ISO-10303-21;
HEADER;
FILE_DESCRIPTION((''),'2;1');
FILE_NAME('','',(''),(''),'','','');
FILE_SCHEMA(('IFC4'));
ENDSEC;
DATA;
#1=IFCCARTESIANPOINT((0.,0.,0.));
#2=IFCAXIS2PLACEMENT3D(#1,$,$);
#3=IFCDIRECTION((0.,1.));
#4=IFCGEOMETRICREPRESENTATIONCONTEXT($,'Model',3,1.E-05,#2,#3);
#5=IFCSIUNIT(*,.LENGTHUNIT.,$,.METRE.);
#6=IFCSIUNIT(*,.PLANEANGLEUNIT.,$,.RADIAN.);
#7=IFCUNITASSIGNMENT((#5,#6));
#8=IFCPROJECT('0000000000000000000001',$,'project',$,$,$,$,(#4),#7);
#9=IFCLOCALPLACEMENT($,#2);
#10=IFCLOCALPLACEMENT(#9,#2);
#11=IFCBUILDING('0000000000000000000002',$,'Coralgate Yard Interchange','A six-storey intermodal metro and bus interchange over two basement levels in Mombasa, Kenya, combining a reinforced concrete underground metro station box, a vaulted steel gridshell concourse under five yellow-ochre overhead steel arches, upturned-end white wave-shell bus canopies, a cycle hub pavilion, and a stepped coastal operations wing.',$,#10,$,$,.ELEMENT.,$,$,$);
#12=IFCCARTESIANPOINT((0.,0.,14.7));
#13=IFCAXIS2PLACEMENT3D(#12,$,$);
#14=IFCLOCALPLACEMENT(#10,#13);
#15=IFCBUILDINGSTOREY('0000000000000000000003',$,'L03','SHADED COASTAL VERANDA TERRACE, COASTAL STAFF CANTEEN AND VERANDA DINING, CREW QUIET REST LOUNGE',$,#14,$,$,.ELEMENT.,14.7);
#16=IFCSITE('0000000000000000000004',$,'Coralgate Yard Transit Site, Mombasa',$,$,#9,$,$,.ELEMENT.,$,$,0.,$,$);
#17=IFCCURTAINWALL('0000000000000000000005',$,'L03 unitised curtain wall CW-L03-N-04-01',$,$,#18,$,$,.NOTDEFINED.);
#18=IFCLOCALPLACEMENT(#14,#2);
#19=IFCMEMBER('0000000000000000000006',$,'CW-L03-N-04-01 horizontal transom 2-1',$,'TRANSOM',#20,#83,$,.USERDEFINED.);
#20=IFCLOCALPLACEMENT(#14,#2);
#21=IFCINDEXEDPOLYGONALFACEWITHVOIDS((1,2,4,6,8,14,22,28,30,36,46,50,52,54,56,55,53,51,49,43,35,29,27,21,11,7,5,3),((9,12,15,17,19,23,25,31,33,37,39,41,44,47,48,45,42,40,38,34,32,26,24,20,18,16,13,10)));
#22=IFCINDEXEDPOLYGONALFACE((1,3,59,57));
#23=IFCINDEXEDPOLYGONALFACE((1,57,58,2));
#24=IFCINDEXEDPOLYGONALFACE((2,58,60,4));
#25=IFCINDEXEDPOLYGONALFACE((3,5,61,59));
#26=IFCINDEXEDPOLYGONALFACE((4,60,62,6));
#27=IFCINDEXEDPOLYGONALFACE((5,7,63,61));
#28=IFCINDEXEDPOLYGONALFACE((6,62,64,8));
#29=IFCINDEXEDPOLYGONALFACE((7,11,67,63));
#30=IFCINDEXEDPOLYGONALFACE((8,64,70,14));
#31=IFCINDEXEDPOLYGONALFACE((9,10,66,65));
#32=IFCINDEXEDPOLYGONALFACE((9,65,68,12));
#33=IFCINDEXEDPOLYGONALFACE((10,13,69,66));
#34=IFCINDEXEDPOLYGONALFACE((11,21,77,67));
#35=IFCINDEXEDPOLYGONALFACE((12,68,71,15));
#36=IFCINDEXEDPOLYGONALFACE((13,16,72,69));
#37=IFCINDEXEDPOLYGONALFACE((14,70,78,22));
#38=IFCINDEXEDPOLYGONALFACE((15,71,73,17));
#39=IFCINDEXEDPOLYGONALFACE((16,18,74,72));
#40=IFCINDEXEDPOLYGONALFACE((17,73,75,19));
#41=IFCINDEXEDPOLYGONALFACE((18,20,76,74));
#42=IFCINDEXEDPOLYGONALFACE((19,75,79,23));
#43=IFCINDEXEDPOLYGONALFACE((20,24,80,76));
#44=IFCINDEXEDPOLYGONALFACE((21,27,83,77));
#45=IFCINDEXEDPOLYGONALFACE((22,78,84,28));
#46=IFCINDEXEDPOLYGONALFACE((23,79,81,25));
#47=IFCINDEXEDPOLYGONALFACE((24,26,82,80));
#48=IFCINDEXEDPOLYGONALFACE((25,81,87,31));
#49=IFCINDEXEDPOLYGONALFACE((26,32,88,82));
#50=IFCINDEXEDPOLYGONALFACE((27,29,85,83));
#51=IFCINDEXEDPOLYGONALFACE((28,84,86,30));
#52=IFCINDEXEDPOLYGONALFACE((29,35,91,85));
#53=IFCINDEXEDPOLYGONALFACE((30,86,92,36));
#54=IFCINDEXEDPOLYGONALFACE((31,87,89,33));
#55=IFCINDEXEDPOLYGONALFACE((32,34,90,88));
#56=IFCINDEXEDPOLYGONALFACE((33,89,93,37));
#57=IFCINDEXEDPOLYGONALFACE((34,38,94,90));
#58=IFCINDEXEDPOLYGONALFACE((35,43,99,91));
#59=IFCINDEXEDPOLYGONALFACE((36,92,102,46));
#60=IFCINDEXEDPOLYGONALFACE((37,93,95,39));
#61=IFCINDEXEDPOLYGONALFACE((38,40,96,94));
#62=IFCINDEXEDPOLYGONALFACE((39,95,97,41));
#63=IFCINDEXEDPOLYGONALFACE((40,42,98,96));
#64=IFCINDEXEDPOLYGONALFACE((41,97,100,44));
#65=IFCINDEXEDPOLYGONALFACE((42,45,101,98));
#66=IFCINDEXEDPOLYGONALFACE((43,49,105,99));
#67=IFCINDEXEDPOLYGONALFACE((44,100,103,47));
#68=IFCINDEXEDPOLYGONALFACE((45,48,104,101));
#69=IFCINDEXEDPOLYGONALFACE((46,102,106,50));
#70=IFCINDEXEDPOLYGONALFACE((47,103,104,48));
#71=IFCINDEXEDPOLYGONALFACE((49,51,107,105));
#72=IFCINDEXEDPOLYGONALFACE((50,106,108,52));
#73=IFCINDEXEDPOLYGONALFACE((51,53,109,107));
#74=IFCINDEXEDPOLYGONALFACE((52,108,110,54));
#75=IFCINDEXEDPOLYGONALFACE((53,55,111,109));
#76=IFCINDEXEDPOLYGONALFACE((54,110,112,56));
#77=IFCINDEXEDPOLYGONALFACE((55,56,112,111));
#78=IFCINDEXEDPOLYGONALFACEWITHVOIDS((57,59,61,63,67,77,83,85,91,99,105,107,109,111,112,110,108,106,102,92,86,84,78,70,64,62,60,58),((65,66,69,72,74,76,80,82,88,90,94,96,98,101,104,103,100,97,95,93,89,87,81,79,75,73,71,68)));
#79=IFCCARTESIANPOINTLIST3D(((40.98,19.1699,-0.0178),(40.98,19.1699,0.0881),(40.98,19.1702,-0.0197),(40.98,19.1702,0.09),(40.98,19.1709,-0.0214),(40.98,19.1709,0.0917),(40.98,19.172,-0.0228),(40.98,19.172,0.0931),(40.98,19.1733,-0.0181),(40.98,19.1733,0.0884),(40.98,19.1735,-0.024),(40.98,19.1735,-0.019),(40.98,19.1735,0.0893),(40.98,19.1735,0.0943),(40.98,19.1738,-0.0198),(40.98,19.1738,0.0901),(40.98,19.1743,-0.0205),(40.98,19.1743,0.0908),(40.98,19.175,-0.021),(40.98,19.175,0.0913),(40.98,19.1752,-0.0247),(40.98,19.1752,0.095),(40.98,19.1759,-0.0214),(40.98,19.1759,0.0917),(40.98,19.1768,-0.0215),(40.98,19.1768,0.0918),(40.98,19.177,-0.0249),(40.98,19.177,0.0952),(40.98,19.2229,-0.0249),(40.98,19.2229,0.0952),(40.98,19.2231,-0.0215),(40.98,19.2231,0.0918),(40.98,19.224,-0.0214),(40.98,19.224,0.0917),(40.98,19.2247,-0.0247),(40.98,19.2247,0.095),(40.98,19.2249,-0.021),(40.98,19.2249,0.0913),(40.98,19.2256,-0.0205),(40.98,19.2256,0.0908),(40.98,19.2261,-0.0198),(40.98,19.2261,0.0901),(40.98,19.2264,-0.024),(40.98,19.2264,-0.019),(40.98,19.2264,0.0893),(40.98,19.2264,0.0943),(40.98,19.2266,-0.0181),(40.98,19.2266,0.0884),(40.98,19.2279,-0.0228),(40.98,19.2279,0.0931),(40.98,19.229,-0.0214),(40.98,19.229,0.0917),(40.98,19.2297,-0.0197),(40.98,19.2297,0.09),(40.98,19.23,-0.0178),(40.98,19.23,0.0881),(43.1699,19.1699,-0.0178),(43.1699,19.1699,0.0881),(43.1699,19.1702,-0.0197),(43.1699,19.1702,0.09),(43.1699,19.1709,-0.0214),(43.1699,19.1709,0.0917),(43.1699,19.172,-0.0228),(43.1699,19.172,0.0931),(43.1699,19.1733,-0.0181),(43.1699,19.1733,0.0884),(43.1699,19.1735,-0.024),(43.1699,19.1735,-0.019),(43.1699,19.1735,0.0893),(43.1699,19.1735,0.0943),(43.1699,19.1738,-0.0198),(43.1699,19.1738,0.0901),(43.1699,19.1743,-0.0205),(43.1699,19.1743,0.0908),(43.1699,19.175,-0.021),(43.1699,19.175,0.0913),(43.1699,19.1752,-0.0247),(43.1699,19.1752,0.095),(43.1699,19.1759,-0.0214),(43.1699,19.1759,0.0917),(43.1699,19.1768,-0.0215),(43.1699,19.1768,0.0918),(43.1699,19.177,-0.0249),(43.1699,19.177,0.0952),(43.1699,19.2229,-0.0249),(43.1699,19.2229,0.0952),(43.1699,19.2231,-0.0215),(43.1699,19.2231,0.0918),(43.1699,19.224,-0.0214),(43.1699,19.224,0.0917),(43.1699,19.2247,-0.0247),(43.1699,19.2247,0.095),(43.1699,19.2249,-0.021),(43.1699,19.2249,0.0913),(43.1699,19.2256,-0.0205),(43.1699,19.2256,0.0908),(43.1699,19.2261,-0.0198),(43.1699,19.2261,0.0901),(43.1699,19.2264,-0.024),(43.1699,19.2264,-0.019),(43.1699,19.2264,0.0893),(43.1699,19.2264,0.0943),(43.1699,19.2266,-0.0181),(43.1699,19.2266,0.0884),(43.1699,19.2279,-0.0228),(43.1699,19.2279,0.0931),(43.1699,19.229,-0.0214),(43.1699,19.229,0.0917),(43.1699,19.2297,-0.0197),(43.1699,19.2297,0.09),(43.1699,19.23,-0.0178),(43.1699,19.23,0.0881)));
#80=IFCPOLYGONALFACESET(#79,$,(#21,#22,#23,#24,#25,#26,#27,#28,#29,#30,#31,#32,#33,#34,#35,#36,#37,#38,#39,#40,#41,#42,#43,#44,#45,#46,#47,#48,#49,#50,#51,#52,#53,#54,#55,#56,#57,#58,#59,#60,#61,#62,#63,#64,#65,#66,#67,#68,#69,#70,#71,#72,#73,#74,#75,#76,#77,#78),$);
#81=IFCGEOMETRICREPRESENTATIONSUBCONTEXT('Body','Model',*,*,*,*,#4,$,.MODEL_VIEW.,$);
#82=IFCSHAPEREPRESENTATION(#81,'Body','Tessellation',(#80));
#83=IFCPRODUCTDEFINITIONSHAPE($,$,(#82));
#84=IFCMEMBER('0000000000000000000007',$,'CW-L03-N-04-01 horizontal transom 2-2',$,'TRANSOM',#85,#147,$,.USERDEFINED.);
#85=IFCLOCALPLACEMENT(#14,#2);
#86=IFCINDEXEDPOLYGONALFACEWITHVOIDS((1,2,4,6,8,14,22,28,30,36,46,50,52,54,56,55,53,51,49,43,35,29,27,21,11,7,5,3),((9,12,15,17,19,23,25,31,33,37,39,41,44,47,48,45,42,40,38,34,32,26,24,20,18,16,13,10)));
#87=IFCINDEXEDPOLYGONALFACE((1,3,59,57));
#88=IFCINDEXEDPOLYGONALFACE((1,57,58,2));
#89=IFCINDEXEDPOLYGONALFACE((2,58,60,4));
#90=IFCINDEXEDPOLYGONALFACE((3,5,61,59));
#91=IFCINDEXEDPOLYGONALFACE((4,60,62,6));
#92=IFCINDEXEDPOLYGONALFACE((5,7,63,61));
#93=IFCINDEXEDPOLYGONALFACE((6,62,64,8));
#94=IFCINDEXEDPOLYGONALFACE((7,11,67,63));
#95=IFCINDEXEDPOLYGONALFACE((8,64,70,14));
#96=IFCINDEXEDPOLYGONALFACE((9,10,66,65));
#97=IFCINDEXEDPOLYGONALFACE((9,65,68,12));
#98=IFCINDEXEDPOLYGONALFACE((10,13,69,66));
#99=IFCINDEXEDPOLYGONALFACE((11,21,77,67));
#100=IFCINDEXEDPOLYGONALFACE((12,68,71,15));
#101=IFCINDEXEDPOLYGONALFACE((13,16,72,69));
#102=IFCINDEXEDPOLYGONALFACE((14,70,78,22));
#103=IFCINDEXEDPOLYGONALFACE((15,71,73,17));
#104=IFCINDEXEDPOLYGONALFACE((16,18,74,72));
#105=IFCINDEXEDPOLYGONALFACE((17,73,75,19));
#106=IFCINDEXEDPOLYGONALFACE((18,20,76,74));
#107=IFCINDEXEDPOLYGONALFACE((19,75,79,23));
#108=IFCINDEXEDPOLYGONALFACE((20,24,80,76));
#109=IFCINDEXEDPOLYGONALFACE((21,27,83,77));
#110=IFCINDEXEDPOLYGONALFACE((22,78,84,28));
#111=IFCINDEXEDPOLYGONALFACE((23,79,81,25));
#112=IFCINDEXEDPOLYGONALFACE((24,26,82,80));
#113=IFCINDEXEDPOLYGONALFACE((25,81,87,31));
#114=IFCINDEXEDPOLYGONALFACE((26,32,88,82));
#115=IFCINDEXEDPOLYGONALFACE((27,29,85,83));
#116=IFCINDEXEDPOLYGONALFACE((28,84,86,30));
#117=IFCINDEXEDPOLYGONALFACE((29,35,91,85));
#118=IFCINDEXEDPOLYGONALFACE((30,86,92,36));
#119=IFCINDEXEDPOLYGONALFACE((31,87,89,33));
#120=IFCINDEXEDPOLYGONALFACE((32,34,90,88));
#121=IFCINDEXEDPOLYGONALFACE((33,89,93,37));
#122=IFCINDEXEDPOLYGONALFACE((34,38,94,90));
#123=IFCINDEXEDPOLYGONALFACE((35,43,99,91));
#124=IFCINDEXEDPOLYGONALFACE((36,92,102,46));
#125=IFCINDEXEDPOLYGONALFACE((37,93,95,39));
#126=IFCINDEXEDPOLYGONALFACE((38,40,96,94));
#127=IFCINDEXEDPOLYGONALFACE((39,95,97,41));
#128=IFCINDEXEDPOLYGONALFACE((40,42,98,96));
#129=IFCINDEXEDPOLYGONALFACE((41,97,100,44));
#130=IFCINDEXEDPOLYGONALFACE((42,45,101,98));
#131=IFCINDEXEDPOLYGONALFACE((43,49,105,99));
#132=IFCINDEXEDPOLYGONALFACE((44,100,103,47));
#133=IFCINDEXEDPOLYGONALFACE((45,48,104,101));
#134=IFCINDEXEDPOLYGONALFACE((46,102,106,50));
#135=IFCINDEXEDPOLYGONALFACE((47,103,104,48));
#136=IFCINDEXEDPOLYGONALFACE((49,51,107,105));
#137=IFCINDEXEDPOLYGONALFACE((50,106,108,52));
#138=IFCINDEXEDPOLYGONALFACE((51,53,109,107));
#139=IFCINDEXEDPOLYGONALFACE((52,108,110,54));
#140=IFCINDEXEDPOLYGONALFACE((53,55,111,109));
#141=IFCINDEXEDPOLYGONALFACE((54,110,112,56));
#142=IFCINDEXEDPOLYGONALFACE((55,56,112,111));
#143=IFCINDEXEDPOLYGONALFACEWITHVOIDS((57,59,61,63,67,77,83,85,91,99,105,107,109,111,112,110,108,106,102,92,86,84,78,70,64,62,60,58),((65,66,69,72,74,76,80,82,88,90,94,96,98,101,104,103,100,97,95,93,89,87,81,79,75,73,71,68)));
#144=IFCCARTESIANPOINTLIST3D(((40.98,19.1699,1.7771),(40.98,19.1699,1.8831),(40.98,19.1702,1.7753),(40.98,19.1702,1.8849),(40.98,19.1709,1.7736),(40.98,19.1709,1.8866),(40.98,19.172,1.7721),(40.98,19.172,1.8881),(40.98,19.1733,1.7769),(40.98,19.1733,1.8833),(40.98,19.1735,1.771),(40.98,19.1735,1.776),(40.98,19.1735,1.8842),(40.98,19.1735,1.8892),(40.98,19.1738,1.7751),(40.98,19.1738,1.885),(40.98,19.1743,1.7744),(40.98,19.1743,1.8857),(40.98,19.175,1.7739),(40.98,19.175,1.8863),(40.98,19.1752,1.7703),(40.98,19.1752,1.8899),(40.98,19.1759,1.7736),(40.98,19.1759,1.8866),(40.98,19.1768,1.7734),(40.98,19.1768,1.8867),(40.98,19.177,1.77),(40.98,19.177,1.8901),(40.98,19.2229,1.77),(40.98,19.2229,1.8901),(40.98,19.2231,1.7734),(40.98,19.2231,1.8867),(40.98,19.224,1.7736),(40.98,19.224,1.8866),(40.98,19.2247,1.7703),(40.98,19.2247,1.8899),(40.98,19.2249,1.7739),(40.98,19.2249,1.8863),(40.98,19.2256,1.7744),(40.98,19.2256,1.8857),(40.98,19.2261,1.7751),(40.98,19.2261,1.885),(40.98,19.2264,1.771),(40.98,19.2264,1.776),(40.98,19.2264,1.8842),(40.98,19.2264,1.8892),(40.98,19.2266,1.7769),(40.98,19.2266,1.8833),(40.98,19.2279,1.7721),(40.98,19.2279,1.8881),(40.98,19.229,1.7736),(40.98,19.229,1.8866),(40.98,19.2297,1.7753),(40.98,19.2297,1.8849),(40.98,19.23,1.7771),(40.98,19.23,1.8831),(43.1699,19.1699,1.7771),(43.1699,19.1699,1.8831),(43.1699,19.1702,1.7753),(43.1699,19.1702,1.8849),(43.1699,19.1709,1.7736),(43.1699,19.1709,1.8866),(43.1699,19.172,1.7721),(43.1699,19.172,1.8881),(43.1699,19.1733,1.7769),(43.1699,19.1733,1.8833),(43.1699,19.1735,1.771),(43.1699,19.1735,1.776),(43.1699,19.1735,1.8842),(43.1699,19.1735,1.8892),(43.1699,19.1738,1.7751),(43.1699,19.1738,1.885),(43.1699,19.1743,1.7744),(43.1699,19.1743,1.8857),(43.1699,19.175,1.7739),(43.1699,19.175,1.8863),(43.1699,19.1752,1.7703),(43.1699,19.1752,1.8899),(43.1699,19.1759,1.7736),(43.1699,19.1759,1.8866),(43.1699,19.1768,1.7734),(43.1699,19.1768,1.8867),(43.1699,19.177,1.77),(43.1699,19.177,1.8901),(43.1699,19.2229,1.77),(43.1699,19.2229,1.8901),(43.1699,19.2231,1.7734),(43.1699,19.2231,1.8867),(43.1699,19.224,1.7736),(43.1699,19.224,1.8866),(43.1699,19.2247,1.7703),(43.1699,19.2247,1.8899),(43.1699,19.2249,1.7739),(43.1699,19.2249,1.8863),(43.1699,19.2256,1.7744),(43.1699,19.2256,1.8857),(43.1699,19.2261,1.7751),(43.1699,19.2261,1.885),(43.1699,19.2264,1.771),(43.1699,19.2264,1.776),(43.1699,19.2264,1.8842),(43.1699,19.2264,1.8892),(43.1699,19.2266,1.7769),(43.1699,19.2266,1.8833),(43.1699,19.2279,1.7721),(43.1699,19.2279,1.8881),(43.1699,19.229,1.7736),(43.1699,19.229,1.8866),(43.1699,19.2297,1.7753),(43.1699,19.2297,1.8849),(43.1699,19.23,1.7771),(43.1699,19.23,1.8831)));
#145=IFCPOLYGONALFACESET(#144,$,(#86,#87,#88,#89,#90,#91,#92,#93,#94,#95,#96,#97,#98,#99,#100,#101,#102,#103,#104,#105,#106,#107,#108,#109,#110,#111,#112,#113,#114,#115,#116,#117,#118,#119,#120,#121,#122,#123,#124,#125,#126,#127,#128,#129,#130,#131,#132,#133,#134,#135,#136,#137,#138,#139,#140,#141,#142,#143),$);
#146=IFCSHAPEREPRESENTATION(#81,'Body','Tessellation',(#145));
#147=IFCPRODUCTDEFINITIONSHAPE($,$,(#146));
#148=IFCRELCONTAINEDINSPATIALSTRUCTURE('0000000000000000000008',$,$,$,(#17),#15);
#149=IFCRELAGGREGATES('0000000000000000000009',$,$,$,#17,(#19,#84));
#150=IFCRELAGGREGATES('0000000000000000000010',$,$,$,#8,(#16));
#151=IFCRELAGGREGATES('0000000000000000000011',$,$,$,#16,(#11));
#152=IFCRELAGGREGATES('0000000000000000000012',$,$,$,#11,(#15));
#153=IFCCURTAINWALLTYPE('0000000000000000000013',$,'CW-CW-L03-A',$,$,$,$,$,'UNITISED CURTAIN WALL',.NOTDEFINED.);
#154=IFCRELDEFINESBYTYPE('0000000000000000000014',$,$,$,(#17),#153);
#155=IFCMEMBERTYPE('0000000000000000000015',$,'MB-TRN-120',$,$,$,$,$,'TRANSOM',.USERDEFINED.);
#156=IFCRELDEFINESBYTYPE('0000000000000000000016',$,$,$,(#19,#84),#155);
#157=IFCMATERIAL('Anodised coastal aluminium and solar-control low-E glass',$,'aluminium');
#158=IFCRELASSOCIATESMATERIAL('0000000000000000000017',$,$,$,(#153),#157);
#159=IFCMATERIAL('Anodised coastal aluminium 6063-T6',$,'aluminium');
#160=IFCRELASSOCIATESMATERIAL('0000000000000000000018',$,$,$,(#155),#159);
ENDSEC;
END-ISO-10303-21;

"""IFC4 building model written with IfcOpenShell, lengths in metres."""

from ifc_helpers import new_model, si_unit, direction, frame, origin, origin_2d, place, context, subcontext, project, spatial, hollow_rectangle, extrude, material, material_profile, profile_set, type_object, element, aggregate, save


model = new_model("IFC4")

# Units and contexts
model_context = context("Model", 3, precision=1e-05, world=origin(), true_north=direction((0.0, 1.0)))
body_context = subcontext(model_context, "Body", "Model", "MODEL_VIEW")
ifc_project = project(units=[si_unit("LENGTHUNIT", "METRE"), si_unit("PLANEANGLEUNIT", "RADIAN")], contexts=[model_context])

# Site, building, storey
site_placement = place(None, origin())
site = spatial("IfcSite", under=ifc_project, at=site_placement, Name="Coralgate Yard Transit Site, Mombasa", CompositionType="ELEMENT", RefElevation=0.0)
building_placement = place(site_placement, origin())
building = spatial("IfcBuilding", under=site, at=building_placement, Name="Coralgate Yard Interchange", Description="A six-storey intermodal metro and bus interchange over two basement levels in Mombasa, Kenya, combining a reinforced concrete underground metro station box, a vaulted steel gridshell concourse under five yellow-ochre overhead steel arches, upturned-end white wave-shell bus canopies, a cycle hub pavilion, and a stepped coastal operations wing.", CompositionType="ELEMENT")
storey_placement = place(building_placement, frame((0.0, 0.0, 14.7)))
storey = spatial("IfcBuildingStorey", under=building, at=storey_placement, Name="L03", Description="SHADED COASTAL VERANDA TERRACE, COASTAL STAFF CANTEEN AND VERANDA DINING, CREW QUIET REST LOUNGE", CompositionType="ELEMENT", Elevation=14.7)

# Curtain wall, members
ifc_material_1 = material(Name="Anodised coastal aluminium and solar-control low-E glass", Category="aluminium")
curtain_wall_type = type_object("IfcCurtainWallType", Name="CW-CW-L03-A", ElementType="UNITISED CURTAIN WALL", PredefinedType="NOTDEFINED", material=ifc_material_1)
curtain_wall_placement = place(storey_placement, origin())
curtain_wall = element("IfcCurtainWall", 1, at=curtain_wall_placement, inside=storey, type_object=curtain_wall_type, Name="L03 unitised curtain wall CW-L03-N-04-01", PredefinedType="NOTDEFINED")
ifc_material_2 = material(Name="Anodised coastal aluminium 6063-T6", Category="aluminium")
ifc_material_profile_1 = material_profile(ifc_material_2, hollow_rectangle(XDim=0.0601, YDim=0.1201, WallThickness=0.0034, InnerFilletRadius=0.0034, OuterFilletRadius=0.0071, at=origin_2d()), Name="ALU 60x120x3.5")
ifc_profile_set_1 = profile_set([ifc_material_profile_1], Name="Anodised coastal aluminium 6063-T6")
member_type_1 = type_object("IfcMemberType", Name="MB-TRN-120", ElementType="TRANSOM", PredefinedType="USERDEFINED", material=ifc_profile_set_1)
member_1_placement = place(storey_placement, frame((40.98, 19.2, 0.0352), z_axis=(1.0, 0.0, 0.0), x_axis=(0.0, 1.0, 0.0)))
member_1 = element("IfcMember", 2, at=member_1_placement, type_object=member_type_1, Name="CW-L03-N-04-01 horizontal transom 2-1", ObjectType="TRANSOM", PredefinedType="USERDEFINED", context=body_context, shape_type="SweptSolid", body=[
    extrude(hollow_rectangle(XDim=0.0601, YDim=0.1201, WallThickness=0.0034, InnerFilletRadius=0.0034, OuterFilletRadius=0.0071, at=origin_2d()), origin(), (0.0, 0.0, 1.0), 2.1899),
])
member_2_placement = place(storey_placement, frame((40.98, 19.2, 1.8301), z_axis=(1.0, 0.0, 0.0), x_axis=(0.0, 1.0, 0.0)))
member_2 = element("IfcMember", 3, at=member_2_placement, type_object=member_type_1, Name="CW-L03-N-04-01 horizontal transom 2-2", ObjectType="TRANSOM", PredefinedType="USERDEFINED", context=body_context, shape_type="SweptSolid", body=[
    extrude(hollow_rectangle(XDim=0.0601, YDim=0.1201, WallThickness=0.0034, InnerFilletRadius=0.0034, OuterFilletRadius=0.0071, at=origin_2d()), origin(), (0.0, 0.0, 1.0), 2.1899),
])
aggregate(curtain_wall, [member_1, member_2])

save(model, "model.ifc")
